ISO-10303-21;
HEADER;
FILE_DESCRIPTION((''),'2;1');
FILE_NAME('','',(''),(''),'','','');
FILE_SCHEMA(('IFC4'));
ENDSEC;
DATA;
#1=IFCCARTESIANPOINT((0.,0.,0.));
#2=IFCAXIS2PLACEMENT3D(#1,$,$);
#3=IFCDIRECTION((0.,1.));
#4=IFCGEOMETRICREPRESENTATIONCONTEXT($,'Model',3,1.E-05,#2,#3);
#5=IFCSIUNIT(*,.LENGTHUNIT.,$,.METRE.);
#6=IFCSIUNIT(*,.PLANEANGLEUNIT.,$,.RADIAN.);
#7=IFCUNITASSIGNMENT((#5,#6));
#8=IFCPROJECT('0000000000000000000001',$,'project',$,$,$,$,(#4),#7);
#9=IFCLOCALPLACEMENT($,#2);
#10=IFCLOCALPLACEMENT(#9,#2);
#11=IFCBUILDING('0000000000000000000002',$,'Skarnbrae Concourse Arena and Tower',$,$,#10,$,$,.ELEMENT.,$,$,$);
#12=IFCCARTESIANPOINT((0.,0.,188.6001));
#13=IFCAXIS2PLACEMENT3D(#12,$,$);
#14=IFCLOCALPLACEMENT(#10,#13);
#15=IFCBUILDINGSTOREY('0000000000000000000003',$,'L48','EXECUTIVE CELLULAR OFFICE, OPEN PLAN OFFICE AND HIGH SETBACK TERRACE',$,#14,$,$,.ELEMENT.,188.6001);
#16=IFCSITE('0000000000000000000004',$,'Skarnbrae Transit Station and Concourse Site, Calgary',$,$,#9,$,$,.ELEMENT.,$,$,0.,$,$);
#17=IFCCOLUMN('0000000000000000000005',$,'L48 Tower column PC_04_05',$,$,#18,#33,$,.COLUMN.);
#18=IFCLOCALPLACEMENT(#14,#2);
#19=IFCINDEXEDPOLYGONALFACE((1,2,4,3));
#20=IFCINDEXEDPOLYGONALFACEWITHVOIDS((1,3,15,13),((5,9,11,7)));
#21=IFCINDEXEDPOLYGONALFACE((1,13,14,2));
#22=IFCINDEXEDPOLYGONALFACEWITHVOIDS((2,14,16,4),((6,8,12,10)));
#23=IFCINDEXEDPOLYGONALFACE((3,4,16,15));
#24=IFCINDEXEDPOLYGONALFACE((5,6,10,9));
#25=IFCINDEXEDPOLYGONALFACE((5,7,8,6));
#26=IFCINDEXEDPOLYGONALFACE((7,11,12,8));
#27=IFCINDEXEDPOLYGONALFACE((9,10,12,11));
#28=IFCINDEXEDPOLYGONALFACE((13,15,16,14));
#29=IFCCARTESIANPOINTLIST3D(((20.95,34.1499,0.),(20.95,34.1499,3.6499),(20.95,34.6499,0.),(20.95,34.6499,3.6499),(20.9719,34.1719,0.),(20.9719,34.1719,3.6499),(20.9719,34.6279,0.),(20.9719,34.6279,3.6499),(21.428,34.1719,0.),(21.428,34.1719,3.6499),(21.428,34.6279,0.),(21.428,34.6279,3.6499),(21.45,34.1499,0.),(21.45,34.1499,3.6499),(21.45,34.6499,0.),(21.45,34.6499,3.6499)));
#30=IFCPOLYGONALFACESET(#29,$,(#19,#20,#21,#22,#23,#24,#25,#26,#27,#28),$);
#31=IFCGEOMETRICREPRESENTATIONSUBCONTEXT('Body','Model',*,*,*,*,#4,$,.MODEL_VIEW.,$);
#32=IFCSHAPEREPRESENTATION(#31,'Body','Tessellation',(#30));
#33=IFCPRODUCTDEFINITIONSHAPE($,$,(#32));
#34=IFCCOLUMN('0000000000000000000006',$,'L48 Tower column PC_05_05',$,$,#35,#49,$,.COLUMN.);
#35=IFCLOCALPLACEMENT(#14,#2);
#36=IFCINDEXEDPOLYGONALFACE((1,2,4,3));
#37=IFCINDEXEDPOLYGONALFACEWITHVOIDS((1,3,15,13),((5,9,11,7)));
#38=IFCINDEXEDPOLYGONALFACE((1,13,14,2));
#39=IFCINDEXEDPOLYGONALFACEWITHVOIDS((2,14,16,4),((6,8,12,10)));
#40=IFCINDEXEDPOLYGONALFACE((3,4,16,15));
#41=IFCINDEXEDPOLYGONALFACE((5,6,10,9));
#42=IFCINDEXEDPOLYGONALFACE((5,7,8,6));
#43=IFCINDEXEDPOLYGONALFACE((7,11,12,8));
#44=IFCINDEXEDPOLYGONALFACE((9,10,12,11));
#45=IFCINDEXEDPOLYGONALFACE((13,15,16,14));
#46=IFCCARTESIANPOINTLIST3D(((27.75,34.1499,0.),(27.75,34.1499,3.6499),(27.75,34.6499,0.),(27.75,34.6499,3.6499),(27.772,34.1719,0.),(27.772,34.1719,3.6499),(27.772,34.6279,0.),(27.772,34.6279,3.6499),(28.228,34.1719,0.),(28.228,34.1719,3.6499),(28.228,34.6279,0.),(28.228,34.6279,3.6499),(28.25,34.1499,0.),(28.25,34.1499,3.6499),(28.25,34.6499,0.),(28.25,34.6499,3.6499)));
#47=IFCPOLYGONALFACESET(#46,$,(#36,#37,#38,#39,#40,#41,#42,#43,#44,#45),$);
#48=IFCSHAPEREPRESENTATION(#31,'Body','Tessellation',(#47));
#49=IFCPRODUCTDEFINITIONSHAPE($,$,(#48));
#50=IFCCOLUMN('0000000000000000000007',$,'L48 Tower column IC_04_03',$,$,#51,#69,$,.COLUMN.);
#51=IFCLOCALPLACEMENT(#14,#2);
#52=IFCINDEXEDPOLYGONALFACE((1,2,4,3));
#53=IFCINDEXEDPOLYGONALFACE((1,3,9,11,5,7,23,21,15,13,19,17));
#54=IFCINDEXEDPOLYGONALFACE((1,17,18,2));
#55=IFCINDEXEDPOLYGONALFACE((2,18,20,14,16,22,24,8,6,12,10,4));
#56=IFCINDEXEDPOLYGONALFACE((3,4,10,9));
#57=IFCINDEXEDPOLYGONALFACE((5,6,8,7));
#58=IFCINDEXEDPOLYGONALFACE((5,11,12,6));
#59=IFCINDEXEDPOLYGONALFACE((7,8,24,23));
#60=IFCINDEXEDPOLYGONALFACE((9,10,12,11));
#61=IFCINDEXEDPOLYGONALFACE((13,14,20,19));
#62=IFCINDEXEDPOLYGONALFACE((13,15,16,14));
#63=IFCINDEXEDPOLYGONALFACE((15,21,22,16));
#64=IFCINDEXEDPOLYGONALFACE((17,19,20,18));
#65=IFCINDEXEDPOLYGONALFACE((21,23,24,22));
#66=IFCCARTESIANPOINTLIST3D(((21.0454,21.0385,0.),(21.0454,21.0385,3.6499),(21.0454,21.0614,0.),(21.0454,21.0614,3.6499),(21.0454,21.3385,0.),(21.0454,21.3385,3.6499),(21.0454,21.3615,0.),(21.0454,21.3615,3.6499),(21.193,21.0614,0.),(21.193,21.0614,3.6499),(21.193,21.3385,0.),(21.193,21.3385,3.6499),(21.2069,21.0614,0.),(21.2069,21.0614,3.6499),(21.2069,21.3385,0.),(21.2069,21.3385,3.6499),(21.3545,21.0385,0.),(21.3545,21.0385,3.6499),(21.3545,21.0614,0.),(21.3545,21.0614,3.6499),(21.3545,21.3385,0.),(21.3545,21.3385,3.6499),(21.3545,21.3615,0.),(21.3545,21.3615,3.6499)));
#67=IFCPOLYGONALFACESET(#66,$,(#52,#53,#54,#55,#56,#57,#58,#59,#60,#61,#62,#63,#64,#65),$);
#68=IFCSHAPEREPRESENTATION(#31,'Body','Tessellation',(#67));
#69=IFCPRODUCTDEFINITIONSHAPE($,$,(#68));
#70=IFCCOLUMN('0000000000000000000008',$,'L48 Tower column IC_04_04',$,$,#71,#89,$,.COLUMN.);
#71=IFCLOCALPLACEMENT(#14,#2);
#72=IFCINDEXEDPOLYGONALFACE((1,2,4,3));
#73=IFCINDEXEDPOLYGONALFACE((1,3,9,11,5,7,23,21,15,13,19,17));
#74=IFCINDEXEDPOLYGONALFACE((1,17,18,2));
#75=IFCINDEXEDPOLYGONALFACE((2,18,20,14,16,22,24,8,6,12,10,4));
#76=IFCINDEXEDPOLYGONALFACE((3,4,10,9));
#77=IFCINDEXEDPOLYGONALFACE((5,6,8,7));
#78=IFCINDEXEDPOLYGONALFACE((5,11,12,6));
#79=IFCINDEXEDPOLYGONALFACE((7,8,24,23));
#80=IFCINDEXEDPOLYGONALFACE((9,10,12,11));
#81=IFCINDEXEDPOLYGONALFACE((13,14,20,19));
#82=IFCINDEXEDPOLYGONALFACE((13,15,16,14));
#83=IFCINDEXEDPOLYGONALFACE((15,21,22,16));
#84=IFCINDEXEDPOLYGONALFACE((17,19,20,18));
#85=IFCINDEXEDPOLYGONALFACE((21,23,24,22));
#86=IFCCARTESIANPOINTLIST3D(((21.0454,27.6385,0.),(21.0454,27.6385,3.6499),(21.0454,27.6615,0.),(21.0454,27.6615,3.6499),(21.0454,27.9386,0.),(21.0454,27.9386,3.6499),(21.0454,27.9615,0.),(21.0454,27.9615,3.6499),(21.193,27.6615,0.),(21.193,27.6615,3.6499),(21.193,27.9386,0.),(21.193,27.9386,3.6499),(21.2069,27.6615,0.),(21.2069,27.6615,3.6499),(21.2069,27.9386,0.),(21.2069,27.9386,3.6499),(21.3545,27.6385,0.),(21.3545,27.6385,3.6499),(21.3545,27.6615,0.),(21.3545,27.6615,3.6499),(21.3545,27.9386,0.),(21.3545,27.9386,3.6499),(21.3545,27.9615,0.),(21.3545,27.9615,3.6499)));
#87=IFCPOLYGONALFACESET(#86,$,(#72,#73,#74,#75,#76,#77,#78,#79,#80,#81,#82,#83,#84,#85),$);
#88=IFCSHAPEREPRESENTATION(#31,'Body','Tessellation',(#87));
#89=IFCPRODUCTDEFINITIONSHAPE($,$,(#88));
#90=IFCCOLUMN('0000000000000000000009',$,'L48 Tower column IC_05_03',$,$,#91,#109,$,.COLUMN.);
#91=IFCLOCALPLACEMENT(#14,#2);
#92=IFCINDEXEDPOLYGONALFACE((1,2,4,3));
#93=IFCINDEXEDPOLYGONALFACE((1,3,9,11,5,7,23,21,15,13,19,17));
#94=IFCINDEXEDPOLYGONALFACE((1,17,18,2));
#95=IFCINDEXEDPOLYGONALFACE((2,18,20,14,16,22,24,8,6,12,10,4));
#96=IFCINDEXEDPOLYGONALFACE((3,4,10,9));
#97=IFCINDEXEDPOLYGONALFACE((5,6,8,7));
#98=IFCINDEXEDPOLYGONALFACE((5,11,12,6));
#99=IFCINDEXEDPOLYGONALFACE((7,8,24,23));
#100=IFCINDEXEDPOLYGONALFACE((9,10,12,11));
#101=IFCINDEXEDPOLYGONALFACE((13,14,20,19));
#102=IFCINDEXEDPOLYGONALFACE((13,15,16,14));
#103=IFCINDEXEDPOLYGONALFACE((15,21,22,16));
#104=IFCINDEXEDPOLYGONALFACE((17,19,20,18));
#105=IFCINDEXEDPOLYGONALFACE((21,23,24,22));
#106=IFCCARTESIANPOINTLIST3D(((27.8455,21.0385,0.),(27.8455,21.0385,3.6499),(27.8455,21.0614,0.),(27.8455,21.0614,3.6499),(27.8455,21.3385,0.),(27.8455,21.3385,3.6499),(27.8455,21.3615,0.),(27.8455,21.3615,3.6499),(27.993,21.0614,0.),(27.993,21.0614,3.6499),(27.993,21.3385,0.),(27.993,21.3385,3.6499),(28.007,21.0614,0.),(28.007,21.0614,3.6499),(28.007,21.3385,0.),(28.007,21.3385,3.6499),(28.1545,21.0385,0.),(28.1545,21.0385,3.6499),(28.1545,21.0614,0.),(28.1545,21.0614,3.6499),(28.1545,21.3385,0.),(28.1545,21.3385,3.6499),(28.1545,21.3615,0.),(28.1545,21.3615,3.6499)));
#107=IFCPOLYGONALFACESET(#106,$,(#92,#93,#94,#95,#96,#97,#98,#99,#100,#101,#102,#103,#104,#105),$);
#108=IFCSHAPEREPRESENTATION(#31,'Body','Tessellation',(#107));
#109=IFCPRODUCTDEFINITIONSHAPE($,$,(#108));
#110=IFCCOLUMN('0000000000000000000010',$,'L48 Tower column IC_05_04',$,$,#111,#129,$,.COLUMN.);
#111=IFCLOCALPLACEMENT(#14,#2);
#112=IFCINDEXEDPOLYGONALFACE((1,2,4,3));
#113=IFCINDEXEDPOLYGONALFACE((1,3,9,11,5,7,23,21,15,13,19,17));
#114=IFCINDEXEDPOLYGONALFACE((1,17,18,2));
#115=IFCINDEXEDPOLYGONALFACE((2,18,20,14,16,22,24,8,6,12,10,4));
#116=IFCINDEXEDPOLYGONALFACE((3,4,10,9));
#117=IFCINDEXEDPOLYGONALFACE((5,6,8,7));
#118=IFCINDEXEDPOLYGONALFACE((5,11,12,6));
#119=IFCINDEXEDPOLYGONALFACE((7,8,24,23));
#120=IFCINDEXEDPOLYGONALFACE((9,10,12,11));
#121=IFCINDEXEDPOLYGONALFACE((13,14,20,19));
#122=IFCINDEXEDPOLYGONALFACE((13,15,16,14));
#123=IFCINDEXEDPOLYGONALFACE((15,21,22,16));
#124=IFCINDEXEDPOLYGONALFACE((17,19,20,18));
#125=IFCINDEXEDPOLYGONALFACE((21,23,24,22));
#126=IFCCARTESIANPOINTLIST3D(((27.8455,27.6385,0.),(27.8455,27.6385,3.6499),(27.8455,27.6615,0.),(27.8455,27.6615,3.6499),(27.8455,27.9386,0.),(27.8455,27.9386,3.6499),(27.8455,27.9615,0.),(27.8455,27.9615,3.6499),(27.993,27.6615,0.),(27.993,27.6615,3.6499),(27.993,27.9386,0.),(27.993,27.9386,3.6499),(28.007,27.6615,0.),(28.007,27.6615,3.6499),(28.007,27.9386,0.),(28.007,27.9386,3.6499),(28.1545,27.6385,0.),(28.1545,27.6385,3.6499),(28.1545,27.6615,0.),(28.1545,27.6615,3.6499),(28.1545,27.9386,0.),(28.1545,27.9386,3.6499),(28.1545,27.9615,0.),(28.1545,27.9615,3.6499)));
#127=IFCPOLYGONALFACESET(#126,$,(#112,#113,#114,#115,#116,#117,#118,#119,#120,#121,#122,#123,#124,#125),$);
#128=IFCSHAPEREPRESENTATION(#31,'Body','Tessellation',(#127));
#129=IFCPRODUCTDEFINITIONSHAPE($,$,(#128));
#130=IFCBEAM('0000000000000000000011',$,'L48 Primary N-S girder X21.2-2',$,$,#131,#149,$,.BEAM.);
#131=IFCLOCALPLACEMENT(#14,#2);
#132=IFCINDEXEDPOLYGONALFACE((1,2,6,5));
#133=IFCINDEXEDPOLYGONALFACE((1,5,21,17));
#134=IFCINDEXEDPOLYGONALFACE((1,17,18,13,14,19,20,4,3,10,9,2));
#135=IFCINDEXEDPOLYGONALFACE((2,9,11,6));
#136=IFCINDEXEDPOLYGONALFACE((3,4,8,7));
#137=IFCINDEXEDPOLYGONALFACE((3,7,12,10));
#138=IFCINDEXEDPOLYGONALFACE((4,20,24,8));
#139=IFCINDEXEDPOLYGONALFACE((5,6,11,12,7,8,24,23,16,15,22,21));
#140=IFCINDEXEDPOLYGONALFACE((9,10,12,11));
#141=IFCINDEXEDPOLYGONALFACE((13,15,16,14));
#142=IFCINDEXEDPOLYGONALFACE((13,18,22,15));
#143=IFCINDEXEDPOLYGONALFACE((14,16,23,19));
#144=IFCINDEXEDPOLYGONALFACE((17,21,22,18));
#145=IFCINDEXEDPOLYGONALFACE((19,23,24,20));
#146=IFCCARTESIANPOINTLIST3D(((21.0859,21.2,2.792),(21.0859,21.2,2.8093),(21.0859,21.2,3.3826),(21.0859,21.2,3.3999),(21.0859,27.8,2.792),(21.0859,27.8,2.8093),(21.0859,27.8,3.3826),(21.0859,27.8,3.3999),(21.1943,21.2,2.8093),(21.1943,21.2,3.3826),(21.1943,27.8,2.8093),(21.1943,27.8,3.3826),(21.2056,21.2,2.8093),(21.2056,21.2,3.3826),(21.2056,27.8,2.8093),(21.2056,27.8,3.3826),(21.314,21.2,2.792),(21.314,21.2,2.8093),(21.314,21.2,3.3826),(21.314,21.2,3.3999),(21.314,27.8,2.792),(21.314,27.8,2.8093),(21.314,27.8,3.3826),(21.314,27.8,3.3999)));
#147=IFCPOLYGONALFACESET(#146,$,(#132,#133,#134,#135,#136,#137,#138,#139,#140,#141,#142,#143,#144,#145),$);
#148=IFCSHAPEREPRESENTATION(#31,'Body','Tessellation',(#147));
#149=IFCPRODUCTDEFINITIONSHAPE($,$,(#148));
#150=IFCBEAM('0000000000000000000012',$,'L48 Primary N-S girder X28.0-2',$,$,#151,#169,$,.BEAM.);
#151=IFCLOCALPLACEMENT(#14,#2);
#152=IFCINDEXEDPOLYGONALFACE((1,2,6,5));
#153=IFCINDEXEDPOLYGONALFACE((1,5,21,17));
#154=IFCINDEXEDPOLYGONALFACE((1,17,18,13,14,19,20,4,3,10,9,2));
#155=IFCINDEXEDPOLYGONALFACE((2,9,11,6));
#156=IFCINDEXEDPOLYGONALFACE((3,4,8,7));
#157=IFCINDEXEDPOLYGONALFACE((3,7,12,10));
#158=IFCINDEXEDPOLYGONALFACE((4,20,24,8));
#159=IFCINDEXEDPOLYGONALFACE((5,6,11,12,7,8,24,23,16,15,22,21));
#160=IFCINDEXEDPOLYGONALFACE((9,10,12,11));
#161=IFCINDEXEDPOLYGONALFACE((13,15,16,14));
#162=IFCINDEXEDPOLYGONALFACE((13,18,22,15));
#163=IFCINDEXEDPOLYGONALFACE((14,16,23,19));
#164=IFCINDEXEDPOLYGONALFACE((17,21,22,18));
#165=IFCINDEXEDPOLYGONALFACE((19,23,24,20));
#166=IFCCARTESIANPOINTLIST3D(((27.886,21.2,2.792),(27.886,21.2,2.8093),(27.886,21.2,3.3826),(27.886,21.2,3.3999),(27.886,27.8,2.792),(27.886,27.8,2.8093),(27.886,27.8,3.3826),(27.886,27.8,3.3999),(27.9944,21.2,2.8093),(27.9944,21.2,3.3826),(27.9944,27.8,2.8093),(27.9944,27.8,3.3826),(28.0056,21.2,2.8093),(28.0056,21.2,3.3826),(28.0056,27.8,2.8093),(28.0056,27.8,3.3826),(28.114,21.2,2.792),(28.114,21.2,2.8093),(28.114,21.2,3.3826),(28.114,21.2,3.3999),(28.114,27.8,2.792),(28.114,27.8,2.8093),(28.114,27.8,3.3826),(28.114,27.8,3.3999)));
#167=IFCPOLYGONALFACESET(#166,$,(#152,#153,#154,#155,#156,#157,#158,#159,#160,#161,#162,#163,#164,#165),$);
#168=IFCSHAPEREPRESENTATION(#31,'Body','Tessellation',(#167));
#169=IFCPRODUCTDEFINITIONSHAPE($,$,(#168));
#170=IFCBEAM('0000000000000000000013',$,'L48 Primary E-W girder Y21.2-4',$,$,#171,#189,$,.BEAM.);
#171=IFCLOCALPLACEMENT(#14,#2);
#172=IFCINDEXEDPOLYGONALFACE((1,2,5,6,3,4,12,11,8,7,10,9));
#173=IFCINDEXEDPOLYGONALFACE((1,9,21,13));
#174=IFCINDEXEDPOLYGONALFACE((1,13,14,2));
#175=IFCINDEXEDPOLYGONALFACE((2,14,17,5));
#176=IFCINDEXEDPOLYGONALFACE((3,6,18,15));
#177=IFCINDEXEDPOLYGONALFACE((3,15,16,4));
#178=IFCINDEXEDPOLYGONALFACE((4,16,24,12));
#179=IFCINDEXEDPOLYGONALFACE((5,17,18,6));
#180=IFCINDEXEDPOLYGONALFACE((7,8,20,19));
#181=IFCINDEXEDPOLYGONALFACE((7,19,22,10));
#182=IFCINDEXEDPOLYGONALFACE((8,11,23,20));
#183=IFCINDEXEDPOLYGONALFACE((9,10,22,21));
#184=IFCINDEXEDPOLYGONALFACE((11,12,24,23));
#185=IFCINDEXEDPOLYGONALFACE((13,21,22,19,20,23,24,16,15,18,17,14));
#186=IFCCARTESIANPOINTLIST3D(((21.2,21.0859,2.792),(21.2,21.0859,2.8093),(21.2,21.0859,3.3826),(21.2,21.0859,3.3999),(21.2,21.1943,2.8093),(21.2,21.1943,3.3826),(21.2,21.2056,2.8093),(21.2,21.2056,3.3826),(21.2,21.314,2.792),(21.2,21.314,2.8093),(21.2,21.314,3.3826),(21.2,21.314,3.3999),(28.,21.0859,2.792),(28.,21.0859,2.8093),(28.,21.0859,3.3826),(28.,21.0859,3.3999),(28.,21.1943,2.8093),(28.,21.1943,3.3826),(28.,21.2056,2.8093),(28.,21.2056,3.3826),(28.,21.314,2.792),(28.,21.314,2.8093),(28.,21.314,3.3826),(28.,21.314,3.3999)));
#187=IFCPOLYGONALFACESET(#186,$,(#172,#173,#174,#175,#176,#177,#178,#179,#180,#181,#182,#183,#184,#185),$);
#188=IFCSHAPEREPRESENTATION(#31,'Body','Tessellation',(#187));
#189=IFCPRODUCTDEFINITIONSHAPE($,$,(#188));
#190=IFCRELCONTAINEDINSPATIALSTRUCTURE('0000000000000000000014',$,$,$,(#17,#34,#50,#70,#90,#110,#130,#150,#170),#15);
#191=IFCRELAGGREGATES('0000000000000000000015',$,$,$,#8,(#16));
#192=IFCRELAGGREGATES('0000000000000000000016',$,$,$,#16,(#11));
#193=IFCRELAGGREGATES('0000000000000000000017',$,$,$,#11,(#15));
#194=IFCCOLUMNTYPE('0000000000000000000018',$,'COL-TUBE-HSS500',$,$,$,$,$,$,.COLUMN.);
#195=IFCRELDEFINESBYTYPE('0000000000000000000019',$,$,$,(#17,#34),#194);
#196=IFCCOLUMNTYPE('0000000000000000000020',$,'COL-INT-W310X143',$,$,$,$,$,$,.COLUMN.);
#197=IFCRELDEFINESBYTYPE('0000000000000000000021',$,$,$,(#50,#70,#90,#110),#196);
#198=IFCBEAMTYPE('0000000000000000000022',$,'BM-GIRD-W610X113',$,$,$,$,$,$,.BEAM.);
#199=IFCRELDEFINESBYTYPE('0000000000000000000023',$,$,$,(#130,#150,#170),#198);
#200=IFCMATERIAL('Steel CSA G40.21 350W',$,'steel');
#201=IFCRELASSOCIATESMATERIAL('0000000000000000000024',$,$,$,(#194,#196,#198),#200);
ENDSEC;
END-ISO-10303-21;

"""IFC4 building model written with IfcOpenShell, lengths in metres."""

from ifc_helpers import new_model, si_unit, direction, frame, origin, origin_2d, place, context, subcontext, project, spatial, hollow_rectangle, i_section, extrude, source, transform, mapped, material, material_profile, profile_set, type_object, element, save


model = new_model("IFC4")

# Units and contexts
model_context = context("Model", 3, precision=1e-05, world=origin(), true_north=direction((0.0, 1.0)))
body_context = subcontext(model_context, "Body", "Model", "MODEL_VIEW")
ifc_project = project(units=[si_unit("LENGTHUNIT", "METRE"), si_unit("PLANEANGLEUNIT", "RADIAN")], contexts=[model_context])

# Site, building, storey
site_placement = place(None, origin())
site = spatial("IfcSite", under=ifc_project, at=site_placement, Name="Skarnbrae Transit Station and Concourse Site, Calgary", CompositionType="ELEMENT", RefElevation=0.0)
building_placement = place(site_placement, origin())
building = spatial("IfcBuilding", under=site, at=building_placement, Name="Skarnbrae Concourse Arena and Tower", CompositionType="ELEMENT")
storey_placement = place(building_placement, frame((0.0, 0.0, 188.6001)))
storey = spatial("IfcBuildingStorey", under=building, at=storey_placement, Name="L48", Description="EXECUTIVE CELLULAR OFFICE, OPEN PLAN OFFICE AND HIGH SETBACK TERRACE", CompositionType="ELEMENT", Elevation=188.6001)

# Columns
ifc_material_1 = material(Name="Steel CSA G40.21 350W", Category="steel")
ifc_material_profile_1 = material_profile(ifc_material_1, hollow_rectangle(XDim=0.5, YDim=0.5, WallThickness=0.022, at=origin_2d()), Name="HSS500X500X22.0")
ifc_profile_set_1 = profile_set([ifc_material_profile_1], Name="Steel CSA G40.21 350W")
column_type_1 = type_object("IfcColumnType", Name="COL-TUBE-HSS500", PredefinedType="COLUMN", material=ifc_profile_set_1)
shared_shape_1 = source(origin(), body_context, "Body", "SweptSolid", [
    extrude(hollow_rectangle(XDim=0.5, YDim=0.5, WallThickness=0.022, at=origin_2d()), origin(), (0.0, 0.0, 1.0), 3.6499),
])
for number, where, z_axis, x_axis, name in (
    (1, (21.2, 34.3999, 0.0), (0.0, 0.0, 1.0), (1.0, 0.0, 0.0), "L48 Tower column PC_04_05"),
    (2, (28.0, 34.3999, 0.0), (0.0, 0.0, 1.0), (1.0, 0.0, 0.0), "L48 Tower column PC_05_05"),
):
    element("IfcColumn", number, at=place(storey_placement, frame(where, z_axis=z_axis, x_axis=x_axis)), inside=storey, type_object=column_type_1, Name=name, PredefinedType="COLUMN", context=body_context, shape_type="MappedRepresentation", body=[
        mapped(shared_shape_1, transform((0.0, 0.0, 0.0))),
    ])
ifc_material_profile_2 = material_profile(ifc_material_1, i_section(OverallWidth=0.3091, OverallDepth=0.323, WebThickness=0.0139, FlangeThickness=0.0229, at=origin_2d()), Name="W310X143")
ifc_profile_set_2 = profile_set([ifc_material_profile_2], Name="Steel CSA G40.21 350W")
column_type_2 = type_object("IfcColumnType", Name="COL-INT-W310X143", PredefinedType="COLUMN", material=ifc_profile_set_2)
shared_shape_2 = source(origin(), body_context, "Body", "SweptSolid", [
    extrude(i_section(OverallWidth=0.3091, OverallDepth=0.323, WebThickness=0.0139, FlangeThickness=0.0229, at=origin_2d()), origin(), (0.0, 0.0, 1.0), 3.6499),
])
for number, where, z_axis, x_axis, name in (
    (3, (21.2, 21.2, 0.0), (0.0, 0.0, 1.0), (1.0, 0.0, 0.0), "L48 Tower column IC_04_03"),
    (4, (21.2, 27.8, 0.0), (0.0, 0.0, 1.0), (1.0, 0.0, 0.0), "L48 Tower column IC_04_04"),
    (5, (28.0, 21.2, 0.0), (0.0, 0.0, 1.0), (1.0, 0.0, 0.0), "L48 Tower column IC_05_03"),
    (6, (28.0, 27.8, 0.0), (0.0, 0.0, 1.0), (1.0, 0.0, 0.0), "L48 Tower column IC_05_04"),
):
    element("IfcColumn", number, at=place(storey_placement, frame(where, z_axis=z_axis, x_axis=x_axis)), inside=storey, type_object=column_type_2, Name=name, PredefinedType="COLUMN", context=body_context, shape_type="MappedRepresentation", body=[
        mapped(shared_shape_2, transform((0.0, 0.0, 0.0))),
    ])

# Beams
ifc_material_profile_3 = material_profile(ifc_material_1, i_section(OverallWidth=0.228, OverallDepth=0.6079, WebThickness=0.0112, FlangeThickness=0.0173, at=origin_2d()), Name="W610X113")
ifc_profile_set_3 = profile_set([ifc_material_profile_3], Name="Steel CSA G40.21 350W")
beam_type_1 = type_object("IfcBeamType", Name="BM-GIRD-W610X113", PredefinedType="BEAM", material=ifc_profile_set_3)
shared_shape_3 = source(origin(), body_context, "Body", "SweptSolid", [
    extrude(i_section(OverallWidth=0.228, OverallDepth=0.6079, WebThickness=0.0112, FlangeThickness=0.0173, at=origin_2d()), origin(), (0.0, 0.0, 1.0), 6.6001),
])
for number, where, z_axis, x_axis, name in (
    (7, (21.2, 21.2, 3.0959), (0.0, 1.0, 0.0), (-1.0, 0.0, 0.0), "L48 Primary N-S girder X21.2-2"),
    (8, (28.0, 21.2, 3.0959), (0.0, 1.0, 0.0), (-1.0, 0.0, 0.0), "L48 Primary N-S girder X28.0-2"),
):
    element("IfcBeam", number, at=place(storey_placement, frame(where, z_axis=z_axis, x_axis=x_axis)), inside=storey, type_object=beam_type_1, Name=name, PredefinedType="BEAM", context=body_context, shape_type="MappedRepresentation", body=[
        mapped(shared_shape_3, transform((0.0, 0.0, 0.0))),
    ])
shared_shape_4 = source(origin(), body_context, "Body", "SweptSolid", [
    extrude(i_section(OverallWidth=0.228, OverallDepth=0.6079, WebThickness=0.0112, FlangeThickness=0.0173, at=origin_2d()), origin(), (0.0, 0.0, 1.0), 6.8),
])
for number, where, z_axis, x_axis, name in (
    (9, (21.2, 21.2, 3.0959), (1.0, 0.0, 0.0), (0.0, 1.0, 0.0), "L48 Primary E-W girder Y21.2-4"),
):
    element("IfcBeam", number, at=place(storey_placement, frame(where, z_axis=z_axis, x_axis=x_axis)), inside=storey, type_object=beam_type_1, Name=name, PredefinedType="BEAM", context=body_context, shape_type="MappedRepresentation", body=[
        mapped(shared_shape_4, transform((0.0, 0.0, 0.0))),
    ])

save(model, "model.ifc")
